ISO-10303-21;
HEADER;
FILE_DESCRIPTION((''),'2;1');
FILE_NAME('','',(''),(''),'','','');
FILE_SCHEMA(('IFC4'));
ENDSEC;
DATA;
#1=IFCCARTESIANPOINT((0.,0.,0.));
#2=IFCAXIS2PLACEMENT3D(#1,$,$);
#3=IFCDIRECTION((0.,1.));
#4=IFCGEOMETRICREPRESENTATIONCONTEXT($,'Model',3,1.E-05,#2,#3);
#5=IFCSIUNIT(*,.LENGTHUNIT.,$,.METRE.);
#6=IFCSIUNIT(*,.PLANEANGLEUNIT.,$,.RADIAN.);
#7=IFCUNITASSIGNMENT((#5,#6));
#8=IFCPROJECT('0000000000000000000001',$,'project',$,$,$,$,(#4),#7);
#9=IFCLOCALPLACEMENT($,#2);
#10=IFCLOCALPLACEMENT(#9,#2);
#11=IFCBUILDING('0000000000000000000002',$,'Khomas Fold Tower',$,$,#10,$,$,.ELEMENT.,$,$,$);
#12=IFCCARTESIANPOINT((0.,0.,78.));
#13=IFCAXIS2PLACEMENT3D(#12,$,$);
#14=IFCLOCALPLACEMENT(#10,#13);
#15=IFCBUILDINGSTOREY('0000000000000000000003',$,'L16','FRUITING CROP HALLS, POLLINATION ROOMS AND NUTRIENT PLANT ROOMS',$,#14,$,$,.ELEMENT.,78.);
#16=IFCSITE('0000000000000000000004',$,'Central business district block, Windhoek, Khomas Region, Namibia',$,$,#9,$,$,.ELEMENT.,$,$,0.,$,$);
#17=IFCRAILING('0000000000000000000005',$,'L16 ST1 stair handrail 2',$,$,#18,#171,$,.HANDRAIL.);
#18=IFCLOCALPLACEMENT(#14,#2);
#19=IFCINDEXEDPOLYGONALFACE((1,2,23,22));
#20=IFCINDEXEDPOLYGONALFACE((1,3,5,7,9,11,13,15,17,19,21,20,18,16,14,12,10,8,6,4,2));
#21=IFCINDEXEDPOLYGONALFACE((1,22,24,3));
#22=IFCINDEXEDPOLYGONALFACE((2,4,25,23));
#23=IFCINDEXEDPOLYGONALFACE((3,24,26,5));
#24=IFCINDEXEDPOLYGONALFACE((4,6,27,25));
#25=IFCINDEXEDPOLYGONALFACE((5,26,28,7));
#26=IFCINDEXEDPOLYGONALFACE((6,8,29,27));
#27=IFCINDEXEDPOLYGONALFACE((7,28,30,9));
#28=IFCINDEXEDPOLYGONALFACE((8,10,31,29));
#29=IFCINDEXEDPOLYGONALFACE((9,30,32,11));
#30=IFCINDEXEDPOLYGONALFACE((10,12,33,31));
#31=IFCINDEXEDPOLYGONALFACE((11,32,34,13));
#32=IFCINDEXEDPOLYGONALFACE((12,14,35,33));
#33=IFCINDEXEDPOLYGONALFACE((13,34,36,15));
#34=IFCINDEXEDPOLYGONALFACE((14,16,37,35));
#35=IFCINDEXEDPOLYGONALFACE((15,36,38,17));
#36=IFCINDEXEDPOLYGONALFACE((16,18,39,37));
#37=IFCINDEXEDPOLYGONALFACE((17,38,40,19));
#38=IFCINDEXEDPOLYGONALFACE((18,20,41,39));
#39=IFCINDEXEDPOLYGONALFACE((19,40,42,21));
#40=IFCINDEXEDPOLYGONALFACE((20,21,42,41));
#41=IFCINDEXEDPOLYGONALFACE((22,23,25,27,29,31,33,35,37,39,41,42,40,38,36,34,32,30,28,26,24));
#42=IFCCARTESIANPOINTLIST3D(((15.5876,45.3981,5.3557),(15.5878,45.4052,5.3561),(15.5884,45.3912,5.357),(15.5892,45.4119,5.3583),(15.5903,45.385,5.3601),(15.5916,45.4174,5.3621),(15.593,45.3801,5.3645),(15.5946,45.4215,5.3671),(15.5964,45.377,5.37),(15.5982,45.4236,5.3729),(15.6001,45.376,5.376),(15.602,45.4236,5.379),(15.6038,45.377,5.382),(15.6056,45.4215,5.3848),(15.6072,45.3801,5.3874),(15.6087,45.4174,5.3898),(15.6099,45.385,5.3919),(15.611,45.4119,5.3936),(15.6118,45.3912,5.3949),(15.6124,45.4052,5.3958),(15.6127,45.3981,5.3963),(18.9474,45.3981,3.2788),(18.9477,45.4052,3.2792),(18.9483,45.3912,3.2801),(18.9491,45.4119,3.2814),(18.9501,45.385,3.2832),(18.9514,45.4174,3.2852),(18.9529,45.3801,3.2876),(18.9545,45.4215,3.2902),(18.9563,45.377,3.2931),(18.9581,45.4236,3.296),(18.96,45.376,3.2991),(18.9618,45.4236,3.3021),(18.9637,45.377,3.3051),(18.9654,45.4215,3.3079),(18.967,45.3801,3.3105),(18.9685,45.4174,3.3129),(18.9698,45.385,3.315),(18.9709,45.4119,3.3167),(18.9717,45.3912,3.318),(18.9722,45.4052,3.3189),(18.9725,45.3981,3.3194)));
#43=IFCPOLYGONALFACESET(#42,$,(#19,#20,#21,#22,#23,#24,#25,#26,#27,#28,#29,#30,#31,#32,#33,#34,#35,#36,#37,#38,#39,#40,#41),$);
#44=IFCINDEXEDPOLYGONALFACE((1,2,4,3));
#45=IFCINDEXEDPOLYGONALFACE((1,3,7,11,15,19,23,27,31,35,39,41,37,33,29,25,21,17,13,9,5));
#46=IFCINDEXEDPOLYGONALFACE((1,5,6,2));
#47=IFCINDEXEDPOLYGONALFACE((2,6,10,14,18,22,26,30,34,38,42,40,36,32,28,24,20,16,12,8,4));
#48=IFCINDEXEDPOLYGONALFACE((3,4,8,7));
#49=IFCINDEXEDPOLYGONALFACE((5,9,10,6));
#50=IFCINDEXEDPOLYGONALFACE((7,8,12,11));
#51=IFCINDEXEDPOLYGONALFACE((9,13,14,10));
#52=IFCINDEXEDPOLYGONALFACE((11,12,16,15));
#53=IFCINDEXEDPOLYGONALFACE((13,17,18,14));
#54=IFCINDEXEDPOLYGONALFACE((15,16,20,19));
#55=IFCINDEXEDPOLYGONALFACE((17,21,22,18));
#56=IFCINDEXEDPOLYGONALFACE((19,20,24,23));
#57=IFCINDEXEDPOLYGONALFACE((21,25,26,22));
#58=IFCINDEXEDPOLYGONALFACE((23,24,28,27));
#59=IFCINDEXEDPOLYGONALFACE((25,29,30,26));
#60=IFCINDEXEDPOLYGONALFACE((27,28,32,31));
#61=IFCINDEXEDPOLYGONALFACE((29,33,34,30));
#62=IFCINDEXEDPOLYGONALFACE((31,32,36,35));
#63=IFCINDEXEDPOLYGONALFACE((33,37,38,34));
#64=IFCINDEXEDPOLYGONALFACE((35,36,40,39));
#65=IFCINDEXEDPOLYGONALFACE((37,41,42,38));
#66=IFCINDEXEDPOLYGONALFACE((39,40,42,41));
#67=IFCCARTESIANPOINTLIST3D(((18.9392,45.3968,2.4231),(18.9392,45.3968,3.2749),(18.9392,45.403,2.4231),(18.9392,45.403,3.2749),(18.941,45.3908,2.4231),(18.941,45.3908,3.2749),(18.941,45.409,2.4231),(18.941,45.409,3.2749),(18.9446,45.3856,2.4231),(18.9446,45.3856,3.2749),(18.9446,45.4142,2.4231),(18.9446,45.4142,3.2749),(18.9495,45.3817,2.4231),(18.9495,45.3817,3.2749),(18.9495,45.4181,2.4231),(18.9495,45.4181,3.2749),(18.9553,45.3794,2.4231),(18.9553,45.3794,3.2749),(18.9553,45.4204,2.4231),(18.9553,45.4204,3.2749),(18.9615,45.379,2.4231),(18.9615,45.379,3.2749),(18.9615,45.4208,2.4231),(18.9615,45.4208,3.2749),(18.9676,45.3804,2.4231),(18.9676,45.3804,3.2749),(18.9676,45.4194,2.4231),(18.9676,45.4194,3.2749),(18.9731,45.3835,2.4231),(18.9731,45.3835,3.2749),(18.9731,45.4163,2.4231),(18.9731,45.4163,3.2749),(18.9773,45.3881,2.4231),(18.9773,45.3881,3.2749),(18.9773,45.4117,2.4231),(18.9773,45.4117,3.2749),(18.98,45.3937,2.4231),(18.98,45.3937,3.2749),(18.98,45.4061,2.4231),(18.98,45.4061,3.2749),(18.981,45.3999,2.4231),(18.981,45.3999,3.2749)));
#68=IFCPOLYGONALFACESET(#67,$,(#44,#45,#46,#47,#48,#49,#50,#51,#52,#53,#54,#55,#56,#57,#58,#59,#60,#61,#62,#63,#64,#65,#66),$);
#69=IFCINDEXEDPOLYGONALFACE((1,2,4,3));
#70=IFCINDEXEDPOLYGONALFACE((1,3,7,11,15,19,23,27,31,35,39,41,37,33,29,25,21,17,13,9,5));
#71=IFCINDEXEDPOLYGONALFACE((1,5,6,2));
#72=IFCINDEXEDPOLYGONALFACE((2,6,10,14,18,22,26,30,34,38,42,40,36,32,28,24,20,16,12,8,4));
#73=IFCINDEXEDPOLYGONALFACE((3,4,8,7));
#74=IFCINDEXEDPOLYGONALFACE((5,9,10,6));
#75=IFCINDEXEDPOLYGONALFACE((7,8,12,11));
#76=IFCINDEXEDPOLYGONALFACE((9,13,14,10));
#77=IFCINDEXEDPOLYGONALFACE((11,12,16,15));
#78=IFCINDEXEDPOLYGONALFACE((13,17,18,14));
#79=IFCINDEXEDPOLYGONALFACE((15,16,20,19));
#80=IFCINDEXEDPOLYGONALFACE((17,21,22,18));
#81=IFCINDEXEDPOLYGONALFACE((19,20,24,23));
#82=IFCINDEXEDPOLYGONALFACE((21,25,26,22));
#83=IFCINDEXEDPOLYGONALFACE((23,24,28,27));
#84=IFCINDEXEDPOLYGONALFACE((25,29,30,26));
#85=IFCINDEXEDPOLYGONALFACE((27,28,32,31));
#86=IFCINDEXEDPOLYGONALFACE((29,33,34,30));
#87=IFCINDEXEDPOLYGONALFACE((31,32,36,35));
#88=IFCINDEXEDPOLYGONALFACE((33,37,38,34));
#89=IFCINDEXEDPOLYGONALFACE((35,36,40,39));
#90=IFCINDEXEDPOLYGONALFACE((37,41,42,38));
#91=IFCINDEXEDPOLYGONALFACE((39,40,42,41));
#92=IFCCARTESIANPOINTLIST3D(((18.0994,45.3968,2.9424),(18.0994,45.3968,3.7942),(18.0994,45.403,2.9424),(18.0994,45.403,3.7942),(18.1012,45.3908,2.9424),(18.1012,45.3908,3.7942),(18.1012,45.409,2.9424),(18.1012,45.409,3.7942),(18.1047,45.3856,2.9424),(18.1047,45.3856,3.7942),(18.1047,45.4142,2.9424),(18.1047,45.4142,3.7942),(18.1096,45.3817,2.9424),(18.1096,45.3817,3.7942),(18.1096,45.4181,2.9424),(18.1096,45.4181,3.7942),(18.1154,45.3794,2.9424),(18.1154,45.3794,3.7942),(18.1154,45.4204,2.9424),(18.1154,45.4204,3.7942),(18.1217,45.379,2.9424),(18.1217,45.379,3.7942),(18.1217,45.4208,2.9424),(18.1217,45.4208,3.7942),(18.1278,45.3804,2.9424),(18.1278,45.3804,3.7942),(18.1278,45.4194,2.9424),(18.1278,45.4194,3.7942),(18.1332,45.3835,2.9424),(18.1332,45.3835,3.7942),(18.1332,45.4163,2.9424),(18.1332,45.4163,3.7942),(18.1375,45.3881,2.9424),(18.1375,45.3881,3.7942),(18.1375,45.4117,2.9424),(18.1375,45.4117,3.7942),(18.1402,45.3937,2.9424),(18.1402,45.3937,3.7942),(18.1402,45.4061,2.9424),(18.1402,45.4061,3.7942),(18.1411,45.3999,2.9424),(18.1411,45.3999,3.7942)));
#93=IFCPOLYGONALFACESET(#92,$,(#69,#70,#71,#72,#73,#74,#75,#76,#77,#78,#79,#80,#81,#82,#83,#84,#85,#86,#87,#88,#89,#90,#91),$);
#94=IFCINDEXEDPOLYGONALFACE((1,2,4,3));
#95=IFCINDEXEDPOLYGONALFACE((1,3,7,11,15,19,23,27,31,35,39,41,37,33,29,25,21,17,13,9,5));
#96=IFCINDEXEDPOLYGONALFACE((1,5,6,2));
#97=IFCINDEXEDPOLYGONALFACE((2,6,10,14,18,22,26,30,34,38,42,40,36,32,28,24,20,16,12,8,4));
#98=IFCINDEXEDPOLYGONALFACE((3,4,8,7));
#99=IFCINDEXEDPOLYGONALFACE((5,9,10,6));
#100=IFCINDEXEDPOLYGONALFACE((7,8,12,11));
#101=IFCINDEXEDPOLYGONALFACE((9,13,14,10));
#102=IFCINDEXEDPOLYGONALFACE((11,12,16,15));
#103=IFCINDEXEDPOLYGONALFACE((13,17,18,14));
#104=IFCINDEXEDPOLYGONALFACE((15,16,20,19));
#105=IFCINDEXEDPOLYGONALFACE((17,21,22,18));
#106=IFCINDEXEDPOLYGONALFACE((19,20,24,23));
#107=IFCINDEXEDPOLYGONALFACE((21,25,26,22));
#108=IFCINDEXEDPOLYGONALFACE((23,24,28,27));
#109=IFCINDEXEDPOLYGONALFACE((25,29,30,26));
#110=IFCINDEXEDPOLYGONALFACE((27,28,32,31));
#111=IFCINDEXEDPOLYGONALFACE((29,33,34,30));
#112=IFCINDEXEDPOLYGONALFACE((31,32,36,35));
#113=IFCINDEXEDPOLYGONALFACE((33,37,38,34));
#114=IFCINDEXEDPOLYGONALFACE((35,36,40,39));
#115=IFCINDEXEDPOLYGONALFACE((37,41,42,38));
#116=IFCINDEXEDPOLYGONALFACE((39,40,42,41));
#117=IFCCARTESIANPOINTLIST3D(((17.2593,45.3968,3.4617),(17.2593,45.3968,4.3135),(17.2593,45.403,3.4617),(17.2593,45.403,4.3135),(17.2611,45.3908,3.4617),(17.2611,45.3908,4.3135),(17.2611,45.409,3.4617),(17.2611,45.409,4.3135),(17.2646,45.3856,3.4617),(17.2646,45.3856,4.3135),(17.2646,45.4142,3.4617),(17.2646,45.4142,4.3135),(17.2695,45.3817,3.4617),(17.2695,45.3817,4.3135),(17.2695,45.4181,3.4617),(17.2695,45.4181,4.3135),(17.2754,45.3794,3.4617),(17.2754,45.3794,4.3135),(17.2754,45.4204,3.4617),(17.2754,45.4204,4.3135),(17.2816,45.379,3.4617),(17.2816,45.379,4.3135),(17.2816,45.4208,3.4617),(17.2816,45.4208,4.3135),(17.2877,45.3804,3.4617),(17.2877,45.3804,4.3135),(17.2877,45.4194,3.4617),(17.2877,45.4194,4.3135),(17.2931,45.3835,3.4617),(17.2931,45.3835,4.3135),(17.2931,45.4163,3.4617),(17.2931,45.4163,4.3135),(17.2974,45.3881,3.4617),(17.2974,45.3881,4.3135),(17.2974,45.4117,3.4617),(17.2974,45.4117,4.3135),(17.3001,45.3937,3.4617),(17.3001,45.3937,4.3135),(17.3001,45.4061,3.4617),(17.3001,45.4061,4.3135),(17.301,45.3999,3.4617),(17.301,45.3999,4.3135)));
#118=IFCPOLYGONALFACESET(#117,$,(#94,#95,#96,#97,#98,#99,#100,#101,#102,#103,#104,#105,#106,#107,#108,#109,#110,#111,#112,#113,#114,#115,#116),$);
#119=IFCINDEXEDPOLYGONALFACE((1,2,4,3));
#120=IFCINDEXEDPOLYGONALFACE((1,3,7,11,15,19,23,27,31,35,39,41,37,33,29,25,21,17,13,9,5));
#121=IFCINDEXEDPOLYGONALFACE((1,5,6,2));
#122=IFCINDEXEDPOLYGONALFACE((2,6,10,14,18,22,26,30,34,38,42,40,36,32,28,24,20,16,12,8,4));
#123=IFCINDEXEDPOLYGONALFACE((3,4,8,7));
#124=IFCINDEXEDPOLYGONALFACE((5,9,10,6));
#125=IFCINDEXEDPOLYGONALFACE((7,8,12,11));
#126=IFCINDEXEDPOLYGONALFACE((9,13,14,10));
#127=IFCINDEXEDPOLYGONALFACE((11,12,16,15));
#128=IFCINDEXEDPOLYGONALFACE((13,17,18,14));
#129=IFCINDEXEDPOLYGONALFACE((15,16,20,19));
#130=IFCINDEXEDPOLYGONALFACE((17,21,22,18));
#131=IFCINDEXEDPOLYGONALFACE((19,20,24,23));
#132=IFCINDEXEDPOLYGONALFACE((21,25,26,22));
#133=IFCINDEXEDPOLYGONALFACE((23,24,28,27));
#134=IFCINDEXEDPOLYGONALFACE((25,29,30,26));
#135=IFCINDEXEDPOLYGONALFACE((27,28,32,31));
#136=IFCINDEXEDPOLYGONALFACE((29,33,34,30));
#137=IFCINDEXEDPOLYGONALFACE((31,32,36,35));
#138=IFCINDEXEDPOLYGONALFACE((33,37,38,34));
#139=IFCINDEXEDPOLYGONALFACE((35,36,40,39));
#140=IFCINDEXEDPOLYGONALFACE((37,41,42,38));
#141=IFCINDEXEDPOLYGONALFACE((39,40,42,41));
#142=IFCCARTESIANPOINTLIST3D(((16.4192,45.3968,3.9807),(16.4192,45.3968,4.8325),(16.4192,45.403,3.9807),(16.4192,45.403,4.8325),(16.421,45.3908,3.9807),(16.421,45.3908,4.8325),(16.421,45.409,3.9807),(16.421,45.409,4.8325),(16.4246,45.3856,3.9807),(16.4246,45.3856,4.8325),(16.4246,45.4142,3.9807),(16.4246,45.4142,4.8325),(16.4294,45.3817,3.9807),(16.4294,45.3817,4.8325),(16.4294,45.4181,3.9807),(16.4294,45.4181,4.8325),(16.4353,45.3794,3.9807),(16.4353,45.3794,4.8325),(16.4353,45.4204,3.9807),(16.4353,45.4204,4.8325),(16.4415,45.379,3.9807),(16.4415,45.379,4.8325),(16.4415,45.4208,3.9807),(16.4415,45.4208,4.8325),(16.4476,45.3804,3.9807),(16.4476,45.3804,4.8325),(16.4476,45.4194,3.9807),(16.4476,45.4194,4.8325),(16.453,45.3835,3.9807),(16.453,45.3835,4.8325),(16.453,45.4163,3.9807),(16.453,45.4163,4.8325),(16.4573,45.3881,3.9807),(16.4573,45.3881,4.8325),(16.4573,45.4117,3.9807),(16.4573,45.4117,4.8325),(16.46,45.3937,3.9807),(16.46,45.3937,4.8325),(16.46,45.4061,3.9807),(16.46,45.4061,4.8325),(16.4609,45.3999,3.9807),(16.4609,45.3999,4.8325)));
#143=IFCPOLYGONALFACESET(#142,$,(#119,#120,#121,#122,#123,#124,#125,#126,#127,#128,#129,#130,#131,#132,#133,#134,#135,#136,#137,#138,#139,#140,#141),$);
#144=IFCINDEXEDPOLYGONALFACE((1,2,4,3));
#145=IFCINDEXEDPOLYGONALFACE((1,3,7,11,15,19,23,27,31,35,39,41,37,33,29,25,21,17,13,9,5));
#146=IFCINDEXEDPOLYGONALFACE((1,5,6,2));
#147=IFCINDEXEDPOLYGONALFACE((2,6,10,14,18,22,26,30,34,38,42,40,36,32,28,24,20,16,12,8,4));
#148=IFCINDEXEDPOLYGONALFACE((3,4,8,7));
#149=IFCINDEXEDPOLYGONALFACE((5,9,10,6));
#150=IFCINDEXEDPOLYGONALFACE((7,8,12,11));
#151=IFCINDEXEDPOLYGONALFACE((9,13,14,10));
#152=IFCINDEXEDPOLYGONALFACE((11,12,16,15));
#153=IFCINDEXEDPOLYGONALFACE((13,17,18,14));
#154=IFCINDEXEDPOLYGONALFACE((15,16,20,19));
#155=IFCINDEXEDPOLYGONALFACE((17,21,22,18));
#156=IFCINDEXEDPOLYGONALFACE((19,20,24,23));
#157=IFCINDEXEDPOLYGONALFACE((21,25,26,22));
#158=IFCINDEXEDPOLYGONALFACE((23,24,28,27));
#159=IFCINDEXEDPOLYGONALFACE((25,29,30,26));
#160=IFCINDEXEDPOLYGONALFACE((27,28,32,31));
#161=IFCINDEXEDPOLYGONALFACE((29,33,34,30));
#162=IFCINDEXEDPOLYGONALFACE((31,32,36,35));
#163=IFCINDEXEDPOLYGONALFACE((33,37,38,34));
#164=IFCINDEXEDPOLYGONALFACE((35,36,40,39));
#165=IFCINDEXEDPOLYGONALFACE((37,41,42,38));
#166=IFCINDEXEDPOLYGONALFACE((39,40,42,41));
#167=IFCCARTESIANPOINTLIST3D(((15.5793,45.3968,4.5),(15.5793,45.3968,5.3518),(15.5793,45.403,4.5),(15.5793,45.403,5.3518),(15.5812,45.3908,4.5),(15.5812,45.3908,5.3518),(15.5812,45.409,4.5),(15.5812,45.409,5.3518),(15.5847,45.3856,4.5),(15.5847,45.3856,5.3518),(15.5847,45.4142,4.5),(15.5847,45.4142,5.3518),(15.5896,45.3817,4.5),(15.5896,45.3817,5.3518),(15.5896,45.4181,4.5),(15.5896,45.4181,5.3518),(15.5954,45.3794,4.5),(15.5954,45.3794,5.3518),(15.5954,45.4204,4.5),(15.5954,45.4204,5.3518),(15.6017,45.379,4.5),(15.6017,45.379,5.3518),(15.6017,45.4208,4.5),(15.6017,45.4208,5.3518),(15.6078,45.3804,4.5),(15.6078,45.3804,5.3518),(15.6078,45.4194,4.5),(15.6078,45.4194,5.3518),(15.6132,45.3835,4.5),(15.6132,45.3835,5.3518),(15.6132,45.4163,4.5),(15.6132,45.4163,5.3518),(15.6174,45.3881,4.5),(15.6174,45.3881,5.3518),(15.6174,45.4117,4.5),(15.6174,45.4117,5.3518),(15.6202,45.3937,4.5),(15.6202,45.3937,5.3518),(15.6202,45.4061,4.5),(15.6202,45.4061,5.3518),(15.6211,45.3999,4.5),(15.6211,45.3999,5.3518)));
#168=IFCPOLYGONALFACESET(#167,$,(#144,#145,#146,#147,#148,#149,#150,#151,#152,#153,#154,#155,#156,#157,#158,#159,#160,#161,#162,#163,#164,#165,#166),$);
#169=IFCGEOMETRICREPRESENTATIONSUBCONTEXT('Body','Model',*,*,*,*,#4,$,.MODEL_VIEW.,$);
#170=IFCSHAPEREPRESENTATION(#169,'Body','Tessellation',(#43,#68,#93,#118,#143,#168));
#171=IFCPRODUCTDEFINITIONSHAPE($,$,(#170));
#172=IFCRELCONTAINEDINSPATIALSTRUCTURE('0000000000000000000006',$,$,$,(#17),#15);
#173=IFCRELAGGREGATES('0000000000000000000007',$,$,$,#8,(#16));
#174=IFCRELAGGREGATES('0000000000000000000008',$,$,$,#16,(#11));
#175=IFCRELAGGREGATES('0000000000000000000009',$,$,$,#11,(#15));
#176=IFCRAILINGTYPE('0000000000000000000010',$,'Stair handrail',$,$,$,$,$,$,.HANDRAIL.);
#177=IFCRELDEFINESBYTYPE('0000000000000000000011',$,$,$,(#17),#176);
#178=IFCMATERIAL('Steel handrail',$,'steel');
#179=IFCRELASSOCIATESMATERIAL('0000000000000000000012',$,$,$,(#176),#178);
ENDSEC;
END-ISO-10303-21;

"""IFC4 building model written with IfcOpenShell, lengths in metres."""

from ifc_helpers import new_model, si_unit, direction, frame, origin, origin_2d, place, context, subcontext, project, spatial, circle, extrude, source, transform, mapped, material, type_object, element, save


model = new_model("IFC4")

# Units and contexts
model_context = context("Model", 3, precision=1e-05, world=origin(), true_north=direction((0.0, 1.0)))
body_context = subcontext(model_context, "Body", "Model", "MODEL_VIEW")
ifc_project = project(units=[si_unit("LENGTHUNIT", "METRE"), si_unit("PLANEANGLEUNIT", "RADIAN")], contexts=[model_context])

# Site, building, storey
site_placement = place(None, origin())
site = spatial("IfcSite", under=ifc_project, at=site_placement, Name="Central business district block, Windhoek, Khomas Region, Namibia", CompositionType="ELEMENT", RefElevation=0.0)
building_placement = place(site_placement, origin())
building = spatial("IfcBuilding", under=site, at=building_placement, Name="Khomas Fold Tower", CompositionType="ELEMENT")
storey_placement = place(building_placement, frame((0.0, 0.0, 78.0)))
storey = spatial("IfcBuildingStorey", under=building, at=storey_placement, Name="L16", Description="FRUITING CROP HALLS, POLLINATION ROOMS AND NUTRIENT PLANT ROOMS", CompositionType="ELEMENT", Elevation=78.0)

# Railing
ifc_material_1 = material(Name="Steel handrail", Category="steel")
railing_type_1 = type_object("IfcRailingType", Name="Stair handrail", PredefinedType="HANDRAIL", material=ifc_material_1)
shared_shape_1 = source(origin(), body_context, "Body", "SweptSolid", [
    extrude(circle(Radius=0.0239, at=origin_2d()), frame((0.0, 0.0, 0.876), z_axis=(-0.850606, 0.0, 0.525803), x_axis=(0.0, -1.0, 0.0)), (0.0, 0.0, 1.0), 3.95),
    extrude(circle(Radius=0.021, at=origin_2d()), origin(), (0.0, 0.0, 1.0), 0.8518),
    extrude(circle(Radius=0.021, at=origin_2d()), frame((-0.8398, 0.0, 0.5193)), (0.0, 0.0, 1.0), 0.8518),
    extrude(circle(Radius=0.021, at=origin_2d()), frame((-1.6799, 0.0, 1.0386)), (0.0, 0.0, 1.0), 0.8518),
    extrude(circle(Radius=0.021, at=origin_2d()), frame((-2.52, 0.0, 1.5576)), (0.0, 0.0, 1.0), 0.8518),
    extrude(circle(Radius=0.021, at=origin_2d()), frame((-3.3599, 0.0, 2.0769)), (0.0, 0.0, 1.0), 0.8518),
])
railing_1_placement = place(storey_placement, frame((18.96, 45.3999, 2.4231)))
element("IfcRailing", 1, at=railing_1_placement, inside=storey, type_object=railing_type_1, Name="L16 ST1 stair handrail 2", PredefinedType="HANDRAIL", context=body_context, shape_type="MappedRepresentation", body=[
    mapped(shared_shape_1, transform((0.0, 0.0, 0.0))),
])

save(model, "model.ifc")
